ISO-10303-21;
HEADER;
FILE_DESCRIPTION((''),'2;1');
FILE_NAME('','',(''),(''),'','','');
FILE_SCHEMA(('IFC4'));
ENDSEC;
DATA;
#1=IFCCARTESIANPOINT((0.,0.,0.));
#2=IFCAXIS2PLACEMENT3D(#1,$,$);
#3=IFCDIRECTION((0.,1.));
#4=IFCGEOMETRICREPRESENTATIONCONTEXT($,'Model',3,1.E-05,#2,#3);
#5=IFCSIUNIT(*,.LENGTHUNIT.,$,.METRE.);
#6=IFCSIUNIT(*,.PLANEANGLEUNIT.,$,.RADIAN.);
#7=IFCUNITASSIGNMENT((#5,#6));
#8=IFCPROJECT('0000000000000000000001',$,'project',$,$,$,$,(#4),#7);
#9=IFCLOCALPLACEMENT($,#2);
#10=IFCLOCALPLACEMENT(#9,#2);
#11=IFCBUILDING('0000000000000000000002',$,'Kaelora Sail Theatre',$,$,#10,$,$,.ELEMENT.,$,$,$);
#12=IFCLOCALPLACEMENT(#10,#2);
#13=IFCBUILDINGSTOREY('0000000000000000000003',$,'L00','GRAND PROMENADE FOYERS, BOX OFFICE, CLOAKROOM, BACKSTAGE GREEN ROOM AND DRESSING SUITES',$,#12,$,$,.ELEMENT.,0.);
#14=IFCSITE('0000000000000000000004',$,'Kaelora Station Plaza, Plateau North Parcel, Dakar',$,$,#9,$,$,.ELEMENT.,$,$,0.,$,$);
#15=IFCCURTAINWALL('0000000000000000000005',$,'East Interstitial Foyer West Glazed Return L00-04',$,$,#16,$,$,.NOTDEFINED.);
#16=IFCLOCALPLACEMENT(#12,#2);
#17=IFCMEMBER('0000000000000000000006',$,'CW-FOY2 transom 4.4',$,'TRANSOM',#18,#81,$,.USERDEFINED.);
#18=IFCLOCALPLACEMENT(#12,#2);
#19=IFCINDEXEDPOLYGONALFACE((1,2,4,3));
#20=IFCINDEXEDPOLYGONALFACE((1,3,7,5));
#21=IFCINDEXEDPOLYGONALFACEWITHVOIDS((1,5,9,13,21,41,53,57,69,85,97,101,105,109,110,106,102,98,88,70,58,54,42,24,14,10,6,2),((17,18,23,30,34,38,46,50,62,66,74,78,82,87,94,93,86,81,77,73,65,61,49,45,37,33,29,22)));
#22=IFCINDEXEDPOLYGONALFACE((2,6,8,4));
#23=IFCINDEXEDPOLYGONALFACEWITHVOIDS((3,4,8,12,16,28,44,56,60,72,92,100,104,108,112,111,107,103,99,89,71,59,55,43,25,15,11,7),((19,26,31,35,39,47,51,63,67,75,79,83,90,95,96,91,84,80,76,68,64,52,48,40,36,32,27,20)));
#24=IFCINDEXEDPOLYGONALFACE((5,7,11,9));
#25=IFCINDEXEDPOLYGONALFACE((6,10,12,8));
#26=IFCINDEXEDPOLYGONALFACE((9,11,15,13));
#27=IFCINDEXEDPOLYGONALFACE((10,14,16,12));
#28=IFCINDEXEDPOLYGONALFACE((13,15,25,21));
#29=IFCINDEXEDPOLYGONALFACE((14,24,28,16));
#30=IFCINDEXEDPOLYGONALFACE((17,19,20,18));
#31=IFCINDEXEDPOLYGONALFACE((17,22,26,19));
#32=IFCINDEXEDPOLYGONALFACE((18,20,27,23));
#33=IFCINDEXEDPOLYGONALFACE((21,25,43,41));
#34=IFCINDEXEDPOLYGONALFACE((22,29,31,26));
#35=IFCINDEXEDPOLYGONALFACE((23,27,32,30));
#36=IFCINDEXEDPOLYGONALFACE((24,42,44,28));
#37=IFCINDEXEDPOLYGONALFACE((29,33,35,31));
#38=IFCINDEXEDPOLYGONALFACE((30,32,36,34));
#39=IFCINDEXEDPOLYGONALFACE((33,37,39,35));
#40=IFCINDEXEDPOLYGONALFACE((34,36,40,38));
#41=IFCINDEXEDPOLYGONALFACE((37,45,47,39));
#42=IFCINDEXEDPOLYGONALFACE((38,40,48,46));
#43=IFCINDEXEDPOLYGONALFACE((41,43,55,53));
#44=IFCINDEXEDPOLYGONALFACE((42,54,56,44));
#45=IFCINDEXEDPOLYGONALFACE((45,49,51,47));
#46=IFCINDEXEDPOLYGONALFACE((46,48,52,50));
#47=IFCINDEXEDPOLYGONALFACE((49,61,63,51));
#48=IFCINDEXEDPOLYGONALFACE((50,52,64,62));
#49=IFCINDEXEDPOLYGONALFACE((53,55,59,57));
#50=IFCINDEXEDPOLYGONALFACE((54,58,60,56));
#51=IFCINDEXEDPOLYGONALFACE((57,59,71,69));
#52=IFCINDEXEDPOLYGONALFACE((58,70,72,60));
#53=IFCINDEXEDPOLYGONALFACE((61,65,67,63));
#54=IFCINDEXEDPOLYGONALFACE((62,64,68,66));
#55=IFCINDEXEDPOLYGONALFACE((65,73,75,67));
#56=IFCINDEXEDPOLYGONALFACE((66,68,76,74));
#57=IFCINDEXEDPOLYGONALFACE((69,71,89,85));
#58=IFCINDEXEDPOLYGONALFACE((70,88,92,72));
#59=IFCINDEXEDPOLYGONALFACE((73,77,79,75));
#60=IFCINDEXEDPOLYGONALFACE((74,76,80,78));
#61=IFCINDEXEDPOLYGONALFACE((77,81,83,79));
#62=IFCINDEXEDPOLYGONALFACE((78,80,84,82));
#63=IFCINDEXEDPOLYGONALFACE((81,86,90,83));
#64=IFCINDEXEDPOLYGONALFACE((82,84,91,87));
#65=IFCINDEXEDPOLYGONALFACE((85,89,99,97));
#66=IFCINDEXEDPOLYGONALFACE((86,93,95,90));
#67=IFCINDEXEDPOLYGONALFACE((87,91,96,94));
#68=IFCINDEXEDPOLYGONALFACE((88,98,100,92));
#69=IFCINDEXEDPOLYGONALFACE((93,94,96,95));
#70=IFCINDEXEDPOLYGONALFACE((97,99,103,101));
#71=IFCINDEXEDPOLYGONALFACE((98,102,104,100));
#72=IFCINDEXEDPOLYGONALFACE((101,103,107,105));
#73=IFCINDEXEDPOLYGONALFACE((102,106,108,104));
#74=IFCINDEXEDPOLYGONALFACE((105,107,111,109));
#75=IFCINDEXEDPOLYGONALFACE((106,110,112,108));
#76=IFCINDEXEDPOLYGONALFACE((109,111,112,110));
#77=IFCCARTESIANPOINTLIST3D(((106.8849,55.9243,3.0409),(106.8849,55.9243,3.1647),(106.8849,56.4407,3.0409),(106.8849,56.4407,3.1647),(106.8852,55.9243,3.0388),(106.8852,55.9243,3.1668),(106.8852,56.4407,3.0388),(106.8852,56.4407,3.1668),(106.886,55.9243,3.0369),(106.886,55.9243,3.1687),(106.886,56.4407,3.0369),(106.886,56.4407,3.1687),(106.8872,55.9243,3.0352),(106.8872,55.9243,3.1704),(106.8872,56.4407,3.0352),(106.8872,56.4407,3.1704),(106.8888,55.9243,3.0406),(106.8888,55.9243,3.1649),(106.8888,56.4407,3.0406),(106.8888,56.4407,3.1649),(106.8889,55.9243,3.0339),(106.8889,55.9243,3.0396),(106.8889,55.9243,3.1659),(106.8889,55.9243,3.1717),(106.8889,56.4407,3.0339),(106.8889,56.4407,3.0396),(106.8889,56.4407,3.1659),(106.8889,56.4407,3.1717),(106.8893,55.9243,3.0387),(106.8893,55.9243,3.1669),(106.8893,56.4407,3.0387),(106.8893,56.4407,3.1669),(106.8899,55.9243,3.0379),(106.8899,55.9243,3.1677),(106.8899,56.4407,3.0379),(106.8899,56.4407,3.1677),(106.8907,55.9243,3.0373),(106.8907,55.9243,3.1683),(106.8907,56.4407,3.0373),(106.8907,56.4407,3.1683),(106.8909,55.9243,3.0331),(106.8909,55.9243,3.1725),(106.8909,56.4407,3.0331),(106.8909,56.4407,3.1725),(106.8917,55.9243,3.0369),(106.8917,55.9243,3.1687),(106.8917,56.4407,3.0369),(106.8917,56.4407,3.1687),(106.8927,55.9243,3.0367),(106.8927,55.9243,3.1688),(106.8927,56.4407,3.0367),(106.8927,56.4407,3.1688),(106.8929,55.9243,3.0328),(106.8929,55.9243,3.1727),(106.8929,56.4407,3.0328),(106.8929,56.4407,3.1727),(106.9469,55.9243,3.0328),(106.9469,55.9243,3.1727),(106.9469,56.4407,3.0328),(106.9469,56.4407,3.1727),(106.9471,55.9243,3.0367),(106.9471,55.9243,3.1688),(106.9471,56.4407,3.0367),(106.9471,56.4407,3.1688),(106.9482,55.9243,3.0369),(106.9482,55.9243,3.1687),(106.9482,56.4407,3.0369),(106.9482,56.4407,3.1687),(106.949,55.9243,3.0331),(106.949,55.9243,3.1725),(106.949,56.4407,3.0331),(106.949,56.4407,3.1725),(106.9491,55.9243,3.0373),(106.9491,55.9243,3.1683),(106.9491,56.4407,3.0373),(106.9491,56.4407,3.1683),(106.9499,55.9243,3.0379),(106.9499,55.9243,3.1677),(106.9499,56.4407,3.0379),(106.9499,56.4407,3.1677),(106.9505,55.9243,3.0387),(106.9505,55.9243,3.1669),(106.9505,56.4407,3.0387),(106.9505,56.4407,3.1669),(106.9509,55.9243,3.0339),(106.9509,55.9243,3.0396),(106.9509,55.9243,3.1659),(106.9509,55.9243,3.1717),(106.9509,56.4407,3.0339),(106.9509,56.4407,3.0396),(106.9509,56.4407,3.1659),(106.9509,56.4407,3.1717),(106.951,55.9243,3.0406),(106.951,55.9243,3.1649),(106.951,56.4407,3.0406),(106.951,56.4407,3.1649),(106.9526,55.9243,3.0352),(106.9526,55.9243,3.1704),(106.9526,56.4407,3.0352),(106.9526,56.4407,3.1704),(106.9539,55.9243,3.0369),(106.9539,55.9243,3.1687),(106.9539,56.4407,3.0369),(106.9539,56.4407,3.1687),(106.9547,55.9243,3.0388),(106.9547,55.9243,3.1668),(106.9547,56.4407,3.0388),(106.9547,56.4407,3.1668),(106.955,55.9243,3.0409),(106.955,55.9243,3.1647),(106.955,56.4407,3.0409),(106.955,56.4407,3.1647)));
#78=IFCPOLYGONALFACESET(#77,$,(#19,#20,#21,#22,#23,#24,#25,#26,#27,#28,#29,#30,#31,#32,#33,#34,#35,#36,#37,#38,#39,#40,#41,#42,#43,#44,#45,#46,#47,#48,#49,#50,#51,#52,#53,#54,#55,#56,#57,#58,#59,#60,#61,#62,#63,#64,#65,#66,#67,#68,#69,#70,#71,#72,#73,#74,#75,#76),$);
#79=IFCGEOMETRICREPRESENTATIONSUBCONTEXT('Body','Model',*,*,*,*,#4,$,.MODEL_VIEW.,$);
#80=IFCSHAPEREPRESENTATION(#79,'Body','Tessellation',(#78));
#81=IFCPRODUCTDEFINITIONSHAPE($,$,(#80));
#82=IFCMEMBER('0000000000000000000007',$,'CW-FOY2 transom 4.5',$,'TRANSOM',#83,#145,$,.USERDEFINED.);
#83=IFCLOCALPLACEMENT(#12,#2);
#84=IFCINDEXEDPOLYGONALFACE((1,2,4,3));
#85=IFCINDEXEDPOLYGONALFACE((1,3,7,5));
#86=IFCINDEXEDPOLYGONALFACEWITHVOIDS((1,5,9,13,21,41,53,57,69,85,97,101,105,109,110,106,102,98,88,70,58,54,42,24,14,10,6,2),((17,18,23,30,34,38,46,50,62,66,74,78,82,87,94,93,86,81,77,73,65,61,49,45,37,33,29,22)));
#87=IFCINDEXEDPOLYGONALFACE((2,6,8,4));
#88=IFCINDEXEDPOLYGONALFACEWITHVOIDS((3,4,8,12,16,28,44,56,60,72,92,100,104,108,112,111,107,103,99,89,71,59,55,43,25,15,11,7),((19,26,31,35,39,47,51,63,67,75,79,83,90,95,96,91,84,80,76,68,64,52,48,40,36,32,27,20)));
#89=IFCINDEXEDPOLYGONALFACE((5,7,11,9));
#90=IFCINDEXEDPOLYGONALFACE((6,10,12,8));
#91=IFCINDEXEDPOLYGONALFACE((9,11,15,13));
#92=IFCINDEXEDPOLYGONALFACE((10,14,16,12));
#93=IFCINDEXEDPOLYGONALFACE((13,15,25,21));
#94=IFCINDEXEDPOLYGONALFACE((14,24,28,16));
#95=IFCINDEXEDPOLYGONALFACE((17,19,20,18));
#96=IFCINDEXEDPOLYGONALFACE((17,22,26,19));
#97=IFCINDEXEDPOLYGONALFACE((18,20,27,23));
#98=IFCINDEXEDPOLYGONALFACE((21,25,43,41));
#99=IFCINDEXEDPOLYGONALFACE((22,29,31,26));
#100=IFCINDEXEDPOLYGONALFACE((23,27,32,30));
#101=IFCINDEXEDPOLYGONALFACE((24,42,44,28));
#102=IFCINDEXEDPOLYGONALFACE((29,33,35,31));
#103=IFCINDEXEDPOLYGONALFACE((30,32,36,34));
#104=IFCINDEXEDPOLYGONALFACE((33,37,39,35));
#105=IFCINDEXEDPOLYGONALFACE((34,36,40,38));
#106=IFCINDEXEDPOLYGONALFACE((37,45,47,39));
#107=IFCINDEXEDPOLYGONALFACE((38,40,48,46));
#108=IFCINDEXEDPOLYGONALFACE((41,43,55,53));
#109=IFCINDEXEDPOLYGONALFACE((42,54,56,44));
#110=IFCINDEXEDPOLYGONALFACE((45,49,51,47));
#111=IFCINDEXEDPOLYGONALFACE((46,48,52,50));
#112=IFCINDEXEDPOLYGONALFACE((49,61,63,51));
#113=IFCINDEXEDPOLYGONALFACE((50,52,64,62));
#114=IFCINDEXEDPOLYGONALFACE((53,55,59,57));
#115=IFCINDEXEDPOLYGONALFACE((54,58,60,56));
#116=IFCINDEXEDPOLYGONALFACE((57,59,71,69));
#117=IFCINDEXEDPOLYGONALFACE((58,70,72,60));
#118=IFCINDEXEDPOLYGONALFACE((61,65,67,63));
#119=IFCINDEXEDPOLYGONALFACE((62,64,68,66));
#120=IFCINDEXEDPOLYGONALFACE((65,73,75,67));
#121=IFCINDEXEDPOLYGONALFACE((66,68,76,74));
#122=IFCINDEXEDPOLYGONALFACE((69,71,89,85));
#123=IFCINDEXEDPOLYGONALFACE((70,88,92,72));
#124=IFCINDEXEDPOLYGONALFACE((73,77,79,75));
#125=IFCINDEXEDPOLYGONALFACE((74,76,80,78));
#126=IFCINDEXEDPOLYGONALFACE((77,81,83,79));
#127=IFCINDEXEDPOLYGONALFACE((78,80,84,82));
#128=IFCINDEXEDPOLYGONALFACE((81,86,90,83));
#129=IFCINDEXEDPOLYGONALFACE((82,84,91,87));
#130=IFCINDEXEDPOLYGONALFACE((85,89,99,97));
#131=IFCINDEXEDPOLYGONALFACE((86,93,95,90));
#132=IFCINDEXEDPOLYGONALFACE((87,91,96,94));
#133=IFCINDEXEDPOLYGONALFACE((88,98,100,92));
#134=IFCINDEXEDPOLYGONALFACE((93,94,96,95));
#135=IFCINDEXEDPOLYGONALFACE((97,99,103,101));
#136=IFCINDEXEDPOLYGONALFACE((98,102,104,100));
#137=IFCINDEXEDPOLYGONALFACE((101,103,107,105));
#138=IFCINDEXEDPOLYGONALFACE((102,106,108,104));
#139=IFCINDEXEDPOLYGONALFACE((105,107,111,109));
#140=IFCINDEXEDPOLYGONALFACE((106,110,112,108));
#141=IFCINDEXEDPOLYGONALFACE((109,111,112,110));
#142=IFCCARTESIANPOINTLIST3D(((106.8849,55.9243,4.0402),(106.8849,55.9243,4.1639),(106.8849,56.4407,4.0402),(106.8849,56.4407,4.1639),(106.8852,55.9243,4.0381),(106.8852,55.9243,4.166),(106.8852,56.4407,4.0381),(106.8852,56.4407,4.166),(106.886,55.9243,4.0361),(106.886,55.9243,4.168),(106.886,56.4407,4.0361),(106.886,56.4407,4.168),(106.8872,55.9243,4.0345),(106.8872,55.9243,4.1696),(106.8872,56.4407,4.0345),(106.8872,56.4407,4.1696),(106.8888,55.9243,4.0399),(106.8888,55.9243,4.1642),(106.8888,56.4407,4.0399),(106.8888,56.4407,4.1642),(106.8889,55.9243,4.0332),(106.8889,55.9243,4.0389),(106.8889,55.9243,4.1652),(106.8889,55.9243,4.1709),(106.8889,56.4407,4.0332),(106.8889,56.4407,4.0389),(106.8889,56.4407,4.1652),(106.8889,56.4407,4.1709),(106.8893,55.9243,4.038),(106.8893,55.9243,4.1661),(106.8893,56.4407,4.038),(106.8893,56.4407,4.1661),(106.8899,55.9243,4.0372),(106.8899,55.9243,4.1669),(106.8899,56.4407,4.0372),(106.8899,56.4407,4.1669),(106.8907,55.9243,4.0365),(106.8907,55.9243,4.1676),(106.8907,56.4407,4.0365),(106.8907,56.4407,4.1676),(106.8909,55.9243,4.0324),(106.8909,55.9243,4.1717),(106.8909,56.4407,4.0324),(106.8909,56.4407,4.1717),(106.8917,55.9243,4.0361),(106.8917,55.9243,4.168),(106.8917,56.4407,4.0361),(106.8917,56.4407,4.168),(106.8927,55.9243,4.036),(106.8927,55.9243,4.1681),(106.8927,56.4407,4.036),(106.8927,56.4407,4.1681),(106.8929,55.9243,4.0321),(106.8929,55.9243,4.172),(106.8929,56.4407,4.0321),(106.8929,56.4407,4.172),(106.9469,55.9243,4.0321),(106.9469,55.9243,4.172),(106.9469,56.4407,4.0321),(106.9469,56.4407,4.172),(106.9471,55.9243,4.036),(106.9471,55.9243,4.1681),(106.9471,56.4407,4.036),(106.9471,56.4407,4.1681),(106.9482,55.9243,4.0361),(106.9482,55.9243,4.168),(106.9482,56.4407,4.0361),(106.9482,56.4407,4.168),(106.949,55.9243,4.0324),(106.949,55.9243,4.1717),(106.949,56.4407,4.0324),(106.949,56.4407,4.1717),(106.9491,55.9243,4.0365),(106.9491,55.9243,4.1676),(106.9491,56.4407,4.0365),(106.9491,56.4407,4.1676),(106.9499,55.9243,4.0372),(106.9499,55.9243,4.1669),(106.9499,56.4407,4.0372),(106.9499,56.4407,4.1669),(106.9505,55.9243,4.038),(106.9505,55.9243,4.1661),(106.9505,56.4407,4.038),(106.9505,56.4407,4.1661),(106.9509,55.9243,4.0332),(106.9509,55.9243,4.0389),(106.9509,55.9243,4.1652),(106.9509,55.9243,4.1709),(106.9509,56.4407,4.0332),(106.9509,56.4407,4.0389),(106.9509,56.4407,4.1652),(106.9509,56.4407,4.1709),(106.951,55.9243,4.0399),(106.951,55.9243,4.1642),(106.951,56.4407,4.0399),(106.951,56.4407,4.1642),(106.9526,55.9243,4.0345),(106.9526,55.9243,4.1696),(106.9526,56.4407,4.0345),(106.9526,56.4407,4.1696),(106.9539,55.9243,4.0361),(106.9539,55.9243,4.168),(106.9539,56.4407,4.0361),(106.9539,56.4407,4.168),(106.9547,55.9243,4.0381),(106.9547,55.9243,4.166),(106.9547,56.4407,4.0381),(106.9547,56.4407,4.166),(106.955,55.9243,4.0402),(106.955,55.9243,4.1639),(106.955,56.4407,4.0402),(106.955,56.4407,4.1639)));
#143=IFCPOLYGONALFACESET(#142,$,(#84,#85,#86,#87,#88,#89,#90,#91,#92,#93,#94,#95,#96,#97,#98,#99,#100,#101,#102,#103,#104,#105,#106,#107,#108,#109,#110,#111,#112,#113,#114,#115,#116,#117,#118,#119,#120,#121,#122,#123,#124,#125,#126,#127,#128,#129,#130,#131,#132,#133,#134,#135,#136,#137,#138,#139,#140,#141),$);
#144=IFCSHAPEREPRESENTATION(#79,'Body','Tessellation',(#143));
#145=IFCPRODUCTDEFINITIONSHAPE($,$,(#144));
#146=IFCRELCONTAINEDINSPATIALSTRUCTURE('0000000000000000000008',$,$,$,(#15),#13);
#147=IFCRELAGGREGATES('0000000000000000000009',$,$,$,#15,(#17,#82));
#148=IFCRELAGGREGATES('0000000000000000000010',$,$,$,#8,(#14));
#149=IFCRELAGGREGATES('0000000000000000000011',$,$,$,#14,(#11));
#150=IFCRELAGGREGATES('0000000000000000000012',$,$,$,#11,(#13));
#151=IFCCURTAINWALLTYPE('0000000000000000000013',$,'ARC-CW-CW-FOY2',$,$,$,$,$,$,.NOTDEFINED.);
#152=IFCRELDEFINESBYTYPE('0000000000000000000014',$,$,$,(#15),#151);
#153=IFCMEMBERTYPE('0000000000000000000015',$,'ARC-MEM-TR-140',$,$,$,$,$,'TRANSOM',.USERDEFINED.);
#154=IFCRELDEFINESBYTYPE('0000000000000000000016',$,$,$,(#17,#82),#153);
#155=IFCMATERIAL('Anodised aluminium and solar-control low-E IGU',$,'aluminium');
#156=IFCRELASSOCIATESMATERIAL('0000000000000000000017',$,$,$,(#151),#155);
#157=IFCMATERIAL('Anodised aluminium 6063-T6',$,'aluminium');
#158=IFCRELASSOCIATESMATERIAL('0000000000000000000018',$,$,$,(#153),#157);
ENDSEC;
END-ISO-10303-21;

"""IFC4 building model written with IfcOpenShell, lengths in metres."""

from ifc_helpers import new_model, si_unit, direction, frame, origin, origin_2d, place, context, subcontext, project, spatial, hollow_rectangle, extrude, material, material_profile, profile_set, type_object, element, aggregate, save


model = new_model("IFC4")

# Units and contexts
model_context = context("Model", 3, precision=1e-05, world=origin(), true_north=direction((0.0, 1.0)))
body_context = subcontext(model_context, "Body", "Model", "MODEL_VIEW")
ifc_project = project(units=[si_unit("LENGTHUNIT", "METRE"), si_unit("PLANEANGLEUNIT", "RADIAN")], contexts=[model_context])

# Site, building, storey
site_placement = place(None, origin())
site = spatial("IfcSite", under=ifc_project, at=site_placement, Name="Kaelora Station Plaza, Plateau North Parcel, Dakar", CompositionType="ELEMENT", RefElevation=0.0)
building_placement = place(site_placement, origin())
building = spatial("IfcBuilding", under=site, at=building_placement, Name="Kaelora Sail Theatre", CompositionType="ELEMENT")
storey_placement = place(building_placement, origin())
storey = spatial("IfcBuildingStorey", under=building, at=storey_placement, Name="L00", Description="GRAND PROMENADE FOYERS, BOX OFFICE, CLOAKROOM, BACKSTAGE GREEN ROOM AND DRESSING SUITES", CompositionType="ELEMENT", Elevation=0.0)

# Curtain wall, members
ifc_material_1 = material(Name="Anodised aluminium and solar-control low-E IGU", Category="aluminium")
curtain_wall_type = type_object("IfcCurtainWallType", Name="ARC-CW-CW-FOY2", PredefinedType="NOTDEFINED", material=ifc_material_1)
curtain_wall_placement = place(storey_placement, origin())
curtain_wall = element("IfcCurtainWall", 1, at=curtain_wall_placement, inside=storey, type_object=curtain_wall_type, Name="East Interstitial Foyer West Glazed Return L00-04", PredefinedType="NOTDEFINED")
ifc_material_2 = material(Name="Anodised aluminium 6063-T6", Category="aluminium")
ifc_material_profile = material_profile(ifc_material_2, hollow_rectangle(XDim=0.0701, YDim=0.1399, WallThickness=0.0039, InnerFilletRadius=0.0039, OuterFilletRadius=0.0081, at=origin_2d()), Name="ALU-TRAN 70x140x4")
ifc_profile_set = profile_set([ifc_material_profile], Name="Anodised aluminium 6063-T6")
member_type = type_object("IfcMemberType", Name="ARC-MEM-TR-140", ElementType="TRANSOM", PredefinedType="USERDEFINED", material=ifc_profile_set)
member_1_placement = place(storey_placement, frame((106.9199, 55.9243, 3.1028), z_axis=(0.0, 1.0, 0.0), x_axis=(-1.0, 0.0, 0.0)))
member_1 = element("IfcMember", 2, at=member_1_placement, type_object=member_type, Name="CW-FOY2 transom 4.4", ObjectType="TRANSOM", PredefinedType="USERDEFINED", context=body_context, shape_type="SweptSolid", body=[
    extrude(hollow_rectangle(XDim=0.0701, YDim=0.1399, WallThickness=0.0039, InnerFilletRadius=0.0039, OuterFilletRadius=0.0081, at=origin_2d()), origin(), (0.0, 0.0, 1.0), 0.5164),
])
member_2_placement = place(storey_placement, frame((106.9199, 55.9243, 4.1021), z_axis=(0.0, 1.0, 0.0), x_axis=(-1.0, 0.0, 0.0)))
member_2 = element("IfcMember", 3, at=member_2_placement, type_object=member_type, Name="CW-FOY2 transom 4.5", ObjectType="TRANSOM", PredefinedType="USERDEFINED", context=body_context, shape_type="SweptSolid", body=[
    extrude(hollow_rectangle(XDim=0.0701, YDim=0.1399, WallThickness=0.0039, InnerFilletRadius=0.0039, OuterFilletRadius=0.0081, at=origin_2d()), origin(), (0.0, 0.0, 1.0), 0.5164),
])
aggregate(curtain_wall, [member_1, member_2])

save(model, "model.ifc")
